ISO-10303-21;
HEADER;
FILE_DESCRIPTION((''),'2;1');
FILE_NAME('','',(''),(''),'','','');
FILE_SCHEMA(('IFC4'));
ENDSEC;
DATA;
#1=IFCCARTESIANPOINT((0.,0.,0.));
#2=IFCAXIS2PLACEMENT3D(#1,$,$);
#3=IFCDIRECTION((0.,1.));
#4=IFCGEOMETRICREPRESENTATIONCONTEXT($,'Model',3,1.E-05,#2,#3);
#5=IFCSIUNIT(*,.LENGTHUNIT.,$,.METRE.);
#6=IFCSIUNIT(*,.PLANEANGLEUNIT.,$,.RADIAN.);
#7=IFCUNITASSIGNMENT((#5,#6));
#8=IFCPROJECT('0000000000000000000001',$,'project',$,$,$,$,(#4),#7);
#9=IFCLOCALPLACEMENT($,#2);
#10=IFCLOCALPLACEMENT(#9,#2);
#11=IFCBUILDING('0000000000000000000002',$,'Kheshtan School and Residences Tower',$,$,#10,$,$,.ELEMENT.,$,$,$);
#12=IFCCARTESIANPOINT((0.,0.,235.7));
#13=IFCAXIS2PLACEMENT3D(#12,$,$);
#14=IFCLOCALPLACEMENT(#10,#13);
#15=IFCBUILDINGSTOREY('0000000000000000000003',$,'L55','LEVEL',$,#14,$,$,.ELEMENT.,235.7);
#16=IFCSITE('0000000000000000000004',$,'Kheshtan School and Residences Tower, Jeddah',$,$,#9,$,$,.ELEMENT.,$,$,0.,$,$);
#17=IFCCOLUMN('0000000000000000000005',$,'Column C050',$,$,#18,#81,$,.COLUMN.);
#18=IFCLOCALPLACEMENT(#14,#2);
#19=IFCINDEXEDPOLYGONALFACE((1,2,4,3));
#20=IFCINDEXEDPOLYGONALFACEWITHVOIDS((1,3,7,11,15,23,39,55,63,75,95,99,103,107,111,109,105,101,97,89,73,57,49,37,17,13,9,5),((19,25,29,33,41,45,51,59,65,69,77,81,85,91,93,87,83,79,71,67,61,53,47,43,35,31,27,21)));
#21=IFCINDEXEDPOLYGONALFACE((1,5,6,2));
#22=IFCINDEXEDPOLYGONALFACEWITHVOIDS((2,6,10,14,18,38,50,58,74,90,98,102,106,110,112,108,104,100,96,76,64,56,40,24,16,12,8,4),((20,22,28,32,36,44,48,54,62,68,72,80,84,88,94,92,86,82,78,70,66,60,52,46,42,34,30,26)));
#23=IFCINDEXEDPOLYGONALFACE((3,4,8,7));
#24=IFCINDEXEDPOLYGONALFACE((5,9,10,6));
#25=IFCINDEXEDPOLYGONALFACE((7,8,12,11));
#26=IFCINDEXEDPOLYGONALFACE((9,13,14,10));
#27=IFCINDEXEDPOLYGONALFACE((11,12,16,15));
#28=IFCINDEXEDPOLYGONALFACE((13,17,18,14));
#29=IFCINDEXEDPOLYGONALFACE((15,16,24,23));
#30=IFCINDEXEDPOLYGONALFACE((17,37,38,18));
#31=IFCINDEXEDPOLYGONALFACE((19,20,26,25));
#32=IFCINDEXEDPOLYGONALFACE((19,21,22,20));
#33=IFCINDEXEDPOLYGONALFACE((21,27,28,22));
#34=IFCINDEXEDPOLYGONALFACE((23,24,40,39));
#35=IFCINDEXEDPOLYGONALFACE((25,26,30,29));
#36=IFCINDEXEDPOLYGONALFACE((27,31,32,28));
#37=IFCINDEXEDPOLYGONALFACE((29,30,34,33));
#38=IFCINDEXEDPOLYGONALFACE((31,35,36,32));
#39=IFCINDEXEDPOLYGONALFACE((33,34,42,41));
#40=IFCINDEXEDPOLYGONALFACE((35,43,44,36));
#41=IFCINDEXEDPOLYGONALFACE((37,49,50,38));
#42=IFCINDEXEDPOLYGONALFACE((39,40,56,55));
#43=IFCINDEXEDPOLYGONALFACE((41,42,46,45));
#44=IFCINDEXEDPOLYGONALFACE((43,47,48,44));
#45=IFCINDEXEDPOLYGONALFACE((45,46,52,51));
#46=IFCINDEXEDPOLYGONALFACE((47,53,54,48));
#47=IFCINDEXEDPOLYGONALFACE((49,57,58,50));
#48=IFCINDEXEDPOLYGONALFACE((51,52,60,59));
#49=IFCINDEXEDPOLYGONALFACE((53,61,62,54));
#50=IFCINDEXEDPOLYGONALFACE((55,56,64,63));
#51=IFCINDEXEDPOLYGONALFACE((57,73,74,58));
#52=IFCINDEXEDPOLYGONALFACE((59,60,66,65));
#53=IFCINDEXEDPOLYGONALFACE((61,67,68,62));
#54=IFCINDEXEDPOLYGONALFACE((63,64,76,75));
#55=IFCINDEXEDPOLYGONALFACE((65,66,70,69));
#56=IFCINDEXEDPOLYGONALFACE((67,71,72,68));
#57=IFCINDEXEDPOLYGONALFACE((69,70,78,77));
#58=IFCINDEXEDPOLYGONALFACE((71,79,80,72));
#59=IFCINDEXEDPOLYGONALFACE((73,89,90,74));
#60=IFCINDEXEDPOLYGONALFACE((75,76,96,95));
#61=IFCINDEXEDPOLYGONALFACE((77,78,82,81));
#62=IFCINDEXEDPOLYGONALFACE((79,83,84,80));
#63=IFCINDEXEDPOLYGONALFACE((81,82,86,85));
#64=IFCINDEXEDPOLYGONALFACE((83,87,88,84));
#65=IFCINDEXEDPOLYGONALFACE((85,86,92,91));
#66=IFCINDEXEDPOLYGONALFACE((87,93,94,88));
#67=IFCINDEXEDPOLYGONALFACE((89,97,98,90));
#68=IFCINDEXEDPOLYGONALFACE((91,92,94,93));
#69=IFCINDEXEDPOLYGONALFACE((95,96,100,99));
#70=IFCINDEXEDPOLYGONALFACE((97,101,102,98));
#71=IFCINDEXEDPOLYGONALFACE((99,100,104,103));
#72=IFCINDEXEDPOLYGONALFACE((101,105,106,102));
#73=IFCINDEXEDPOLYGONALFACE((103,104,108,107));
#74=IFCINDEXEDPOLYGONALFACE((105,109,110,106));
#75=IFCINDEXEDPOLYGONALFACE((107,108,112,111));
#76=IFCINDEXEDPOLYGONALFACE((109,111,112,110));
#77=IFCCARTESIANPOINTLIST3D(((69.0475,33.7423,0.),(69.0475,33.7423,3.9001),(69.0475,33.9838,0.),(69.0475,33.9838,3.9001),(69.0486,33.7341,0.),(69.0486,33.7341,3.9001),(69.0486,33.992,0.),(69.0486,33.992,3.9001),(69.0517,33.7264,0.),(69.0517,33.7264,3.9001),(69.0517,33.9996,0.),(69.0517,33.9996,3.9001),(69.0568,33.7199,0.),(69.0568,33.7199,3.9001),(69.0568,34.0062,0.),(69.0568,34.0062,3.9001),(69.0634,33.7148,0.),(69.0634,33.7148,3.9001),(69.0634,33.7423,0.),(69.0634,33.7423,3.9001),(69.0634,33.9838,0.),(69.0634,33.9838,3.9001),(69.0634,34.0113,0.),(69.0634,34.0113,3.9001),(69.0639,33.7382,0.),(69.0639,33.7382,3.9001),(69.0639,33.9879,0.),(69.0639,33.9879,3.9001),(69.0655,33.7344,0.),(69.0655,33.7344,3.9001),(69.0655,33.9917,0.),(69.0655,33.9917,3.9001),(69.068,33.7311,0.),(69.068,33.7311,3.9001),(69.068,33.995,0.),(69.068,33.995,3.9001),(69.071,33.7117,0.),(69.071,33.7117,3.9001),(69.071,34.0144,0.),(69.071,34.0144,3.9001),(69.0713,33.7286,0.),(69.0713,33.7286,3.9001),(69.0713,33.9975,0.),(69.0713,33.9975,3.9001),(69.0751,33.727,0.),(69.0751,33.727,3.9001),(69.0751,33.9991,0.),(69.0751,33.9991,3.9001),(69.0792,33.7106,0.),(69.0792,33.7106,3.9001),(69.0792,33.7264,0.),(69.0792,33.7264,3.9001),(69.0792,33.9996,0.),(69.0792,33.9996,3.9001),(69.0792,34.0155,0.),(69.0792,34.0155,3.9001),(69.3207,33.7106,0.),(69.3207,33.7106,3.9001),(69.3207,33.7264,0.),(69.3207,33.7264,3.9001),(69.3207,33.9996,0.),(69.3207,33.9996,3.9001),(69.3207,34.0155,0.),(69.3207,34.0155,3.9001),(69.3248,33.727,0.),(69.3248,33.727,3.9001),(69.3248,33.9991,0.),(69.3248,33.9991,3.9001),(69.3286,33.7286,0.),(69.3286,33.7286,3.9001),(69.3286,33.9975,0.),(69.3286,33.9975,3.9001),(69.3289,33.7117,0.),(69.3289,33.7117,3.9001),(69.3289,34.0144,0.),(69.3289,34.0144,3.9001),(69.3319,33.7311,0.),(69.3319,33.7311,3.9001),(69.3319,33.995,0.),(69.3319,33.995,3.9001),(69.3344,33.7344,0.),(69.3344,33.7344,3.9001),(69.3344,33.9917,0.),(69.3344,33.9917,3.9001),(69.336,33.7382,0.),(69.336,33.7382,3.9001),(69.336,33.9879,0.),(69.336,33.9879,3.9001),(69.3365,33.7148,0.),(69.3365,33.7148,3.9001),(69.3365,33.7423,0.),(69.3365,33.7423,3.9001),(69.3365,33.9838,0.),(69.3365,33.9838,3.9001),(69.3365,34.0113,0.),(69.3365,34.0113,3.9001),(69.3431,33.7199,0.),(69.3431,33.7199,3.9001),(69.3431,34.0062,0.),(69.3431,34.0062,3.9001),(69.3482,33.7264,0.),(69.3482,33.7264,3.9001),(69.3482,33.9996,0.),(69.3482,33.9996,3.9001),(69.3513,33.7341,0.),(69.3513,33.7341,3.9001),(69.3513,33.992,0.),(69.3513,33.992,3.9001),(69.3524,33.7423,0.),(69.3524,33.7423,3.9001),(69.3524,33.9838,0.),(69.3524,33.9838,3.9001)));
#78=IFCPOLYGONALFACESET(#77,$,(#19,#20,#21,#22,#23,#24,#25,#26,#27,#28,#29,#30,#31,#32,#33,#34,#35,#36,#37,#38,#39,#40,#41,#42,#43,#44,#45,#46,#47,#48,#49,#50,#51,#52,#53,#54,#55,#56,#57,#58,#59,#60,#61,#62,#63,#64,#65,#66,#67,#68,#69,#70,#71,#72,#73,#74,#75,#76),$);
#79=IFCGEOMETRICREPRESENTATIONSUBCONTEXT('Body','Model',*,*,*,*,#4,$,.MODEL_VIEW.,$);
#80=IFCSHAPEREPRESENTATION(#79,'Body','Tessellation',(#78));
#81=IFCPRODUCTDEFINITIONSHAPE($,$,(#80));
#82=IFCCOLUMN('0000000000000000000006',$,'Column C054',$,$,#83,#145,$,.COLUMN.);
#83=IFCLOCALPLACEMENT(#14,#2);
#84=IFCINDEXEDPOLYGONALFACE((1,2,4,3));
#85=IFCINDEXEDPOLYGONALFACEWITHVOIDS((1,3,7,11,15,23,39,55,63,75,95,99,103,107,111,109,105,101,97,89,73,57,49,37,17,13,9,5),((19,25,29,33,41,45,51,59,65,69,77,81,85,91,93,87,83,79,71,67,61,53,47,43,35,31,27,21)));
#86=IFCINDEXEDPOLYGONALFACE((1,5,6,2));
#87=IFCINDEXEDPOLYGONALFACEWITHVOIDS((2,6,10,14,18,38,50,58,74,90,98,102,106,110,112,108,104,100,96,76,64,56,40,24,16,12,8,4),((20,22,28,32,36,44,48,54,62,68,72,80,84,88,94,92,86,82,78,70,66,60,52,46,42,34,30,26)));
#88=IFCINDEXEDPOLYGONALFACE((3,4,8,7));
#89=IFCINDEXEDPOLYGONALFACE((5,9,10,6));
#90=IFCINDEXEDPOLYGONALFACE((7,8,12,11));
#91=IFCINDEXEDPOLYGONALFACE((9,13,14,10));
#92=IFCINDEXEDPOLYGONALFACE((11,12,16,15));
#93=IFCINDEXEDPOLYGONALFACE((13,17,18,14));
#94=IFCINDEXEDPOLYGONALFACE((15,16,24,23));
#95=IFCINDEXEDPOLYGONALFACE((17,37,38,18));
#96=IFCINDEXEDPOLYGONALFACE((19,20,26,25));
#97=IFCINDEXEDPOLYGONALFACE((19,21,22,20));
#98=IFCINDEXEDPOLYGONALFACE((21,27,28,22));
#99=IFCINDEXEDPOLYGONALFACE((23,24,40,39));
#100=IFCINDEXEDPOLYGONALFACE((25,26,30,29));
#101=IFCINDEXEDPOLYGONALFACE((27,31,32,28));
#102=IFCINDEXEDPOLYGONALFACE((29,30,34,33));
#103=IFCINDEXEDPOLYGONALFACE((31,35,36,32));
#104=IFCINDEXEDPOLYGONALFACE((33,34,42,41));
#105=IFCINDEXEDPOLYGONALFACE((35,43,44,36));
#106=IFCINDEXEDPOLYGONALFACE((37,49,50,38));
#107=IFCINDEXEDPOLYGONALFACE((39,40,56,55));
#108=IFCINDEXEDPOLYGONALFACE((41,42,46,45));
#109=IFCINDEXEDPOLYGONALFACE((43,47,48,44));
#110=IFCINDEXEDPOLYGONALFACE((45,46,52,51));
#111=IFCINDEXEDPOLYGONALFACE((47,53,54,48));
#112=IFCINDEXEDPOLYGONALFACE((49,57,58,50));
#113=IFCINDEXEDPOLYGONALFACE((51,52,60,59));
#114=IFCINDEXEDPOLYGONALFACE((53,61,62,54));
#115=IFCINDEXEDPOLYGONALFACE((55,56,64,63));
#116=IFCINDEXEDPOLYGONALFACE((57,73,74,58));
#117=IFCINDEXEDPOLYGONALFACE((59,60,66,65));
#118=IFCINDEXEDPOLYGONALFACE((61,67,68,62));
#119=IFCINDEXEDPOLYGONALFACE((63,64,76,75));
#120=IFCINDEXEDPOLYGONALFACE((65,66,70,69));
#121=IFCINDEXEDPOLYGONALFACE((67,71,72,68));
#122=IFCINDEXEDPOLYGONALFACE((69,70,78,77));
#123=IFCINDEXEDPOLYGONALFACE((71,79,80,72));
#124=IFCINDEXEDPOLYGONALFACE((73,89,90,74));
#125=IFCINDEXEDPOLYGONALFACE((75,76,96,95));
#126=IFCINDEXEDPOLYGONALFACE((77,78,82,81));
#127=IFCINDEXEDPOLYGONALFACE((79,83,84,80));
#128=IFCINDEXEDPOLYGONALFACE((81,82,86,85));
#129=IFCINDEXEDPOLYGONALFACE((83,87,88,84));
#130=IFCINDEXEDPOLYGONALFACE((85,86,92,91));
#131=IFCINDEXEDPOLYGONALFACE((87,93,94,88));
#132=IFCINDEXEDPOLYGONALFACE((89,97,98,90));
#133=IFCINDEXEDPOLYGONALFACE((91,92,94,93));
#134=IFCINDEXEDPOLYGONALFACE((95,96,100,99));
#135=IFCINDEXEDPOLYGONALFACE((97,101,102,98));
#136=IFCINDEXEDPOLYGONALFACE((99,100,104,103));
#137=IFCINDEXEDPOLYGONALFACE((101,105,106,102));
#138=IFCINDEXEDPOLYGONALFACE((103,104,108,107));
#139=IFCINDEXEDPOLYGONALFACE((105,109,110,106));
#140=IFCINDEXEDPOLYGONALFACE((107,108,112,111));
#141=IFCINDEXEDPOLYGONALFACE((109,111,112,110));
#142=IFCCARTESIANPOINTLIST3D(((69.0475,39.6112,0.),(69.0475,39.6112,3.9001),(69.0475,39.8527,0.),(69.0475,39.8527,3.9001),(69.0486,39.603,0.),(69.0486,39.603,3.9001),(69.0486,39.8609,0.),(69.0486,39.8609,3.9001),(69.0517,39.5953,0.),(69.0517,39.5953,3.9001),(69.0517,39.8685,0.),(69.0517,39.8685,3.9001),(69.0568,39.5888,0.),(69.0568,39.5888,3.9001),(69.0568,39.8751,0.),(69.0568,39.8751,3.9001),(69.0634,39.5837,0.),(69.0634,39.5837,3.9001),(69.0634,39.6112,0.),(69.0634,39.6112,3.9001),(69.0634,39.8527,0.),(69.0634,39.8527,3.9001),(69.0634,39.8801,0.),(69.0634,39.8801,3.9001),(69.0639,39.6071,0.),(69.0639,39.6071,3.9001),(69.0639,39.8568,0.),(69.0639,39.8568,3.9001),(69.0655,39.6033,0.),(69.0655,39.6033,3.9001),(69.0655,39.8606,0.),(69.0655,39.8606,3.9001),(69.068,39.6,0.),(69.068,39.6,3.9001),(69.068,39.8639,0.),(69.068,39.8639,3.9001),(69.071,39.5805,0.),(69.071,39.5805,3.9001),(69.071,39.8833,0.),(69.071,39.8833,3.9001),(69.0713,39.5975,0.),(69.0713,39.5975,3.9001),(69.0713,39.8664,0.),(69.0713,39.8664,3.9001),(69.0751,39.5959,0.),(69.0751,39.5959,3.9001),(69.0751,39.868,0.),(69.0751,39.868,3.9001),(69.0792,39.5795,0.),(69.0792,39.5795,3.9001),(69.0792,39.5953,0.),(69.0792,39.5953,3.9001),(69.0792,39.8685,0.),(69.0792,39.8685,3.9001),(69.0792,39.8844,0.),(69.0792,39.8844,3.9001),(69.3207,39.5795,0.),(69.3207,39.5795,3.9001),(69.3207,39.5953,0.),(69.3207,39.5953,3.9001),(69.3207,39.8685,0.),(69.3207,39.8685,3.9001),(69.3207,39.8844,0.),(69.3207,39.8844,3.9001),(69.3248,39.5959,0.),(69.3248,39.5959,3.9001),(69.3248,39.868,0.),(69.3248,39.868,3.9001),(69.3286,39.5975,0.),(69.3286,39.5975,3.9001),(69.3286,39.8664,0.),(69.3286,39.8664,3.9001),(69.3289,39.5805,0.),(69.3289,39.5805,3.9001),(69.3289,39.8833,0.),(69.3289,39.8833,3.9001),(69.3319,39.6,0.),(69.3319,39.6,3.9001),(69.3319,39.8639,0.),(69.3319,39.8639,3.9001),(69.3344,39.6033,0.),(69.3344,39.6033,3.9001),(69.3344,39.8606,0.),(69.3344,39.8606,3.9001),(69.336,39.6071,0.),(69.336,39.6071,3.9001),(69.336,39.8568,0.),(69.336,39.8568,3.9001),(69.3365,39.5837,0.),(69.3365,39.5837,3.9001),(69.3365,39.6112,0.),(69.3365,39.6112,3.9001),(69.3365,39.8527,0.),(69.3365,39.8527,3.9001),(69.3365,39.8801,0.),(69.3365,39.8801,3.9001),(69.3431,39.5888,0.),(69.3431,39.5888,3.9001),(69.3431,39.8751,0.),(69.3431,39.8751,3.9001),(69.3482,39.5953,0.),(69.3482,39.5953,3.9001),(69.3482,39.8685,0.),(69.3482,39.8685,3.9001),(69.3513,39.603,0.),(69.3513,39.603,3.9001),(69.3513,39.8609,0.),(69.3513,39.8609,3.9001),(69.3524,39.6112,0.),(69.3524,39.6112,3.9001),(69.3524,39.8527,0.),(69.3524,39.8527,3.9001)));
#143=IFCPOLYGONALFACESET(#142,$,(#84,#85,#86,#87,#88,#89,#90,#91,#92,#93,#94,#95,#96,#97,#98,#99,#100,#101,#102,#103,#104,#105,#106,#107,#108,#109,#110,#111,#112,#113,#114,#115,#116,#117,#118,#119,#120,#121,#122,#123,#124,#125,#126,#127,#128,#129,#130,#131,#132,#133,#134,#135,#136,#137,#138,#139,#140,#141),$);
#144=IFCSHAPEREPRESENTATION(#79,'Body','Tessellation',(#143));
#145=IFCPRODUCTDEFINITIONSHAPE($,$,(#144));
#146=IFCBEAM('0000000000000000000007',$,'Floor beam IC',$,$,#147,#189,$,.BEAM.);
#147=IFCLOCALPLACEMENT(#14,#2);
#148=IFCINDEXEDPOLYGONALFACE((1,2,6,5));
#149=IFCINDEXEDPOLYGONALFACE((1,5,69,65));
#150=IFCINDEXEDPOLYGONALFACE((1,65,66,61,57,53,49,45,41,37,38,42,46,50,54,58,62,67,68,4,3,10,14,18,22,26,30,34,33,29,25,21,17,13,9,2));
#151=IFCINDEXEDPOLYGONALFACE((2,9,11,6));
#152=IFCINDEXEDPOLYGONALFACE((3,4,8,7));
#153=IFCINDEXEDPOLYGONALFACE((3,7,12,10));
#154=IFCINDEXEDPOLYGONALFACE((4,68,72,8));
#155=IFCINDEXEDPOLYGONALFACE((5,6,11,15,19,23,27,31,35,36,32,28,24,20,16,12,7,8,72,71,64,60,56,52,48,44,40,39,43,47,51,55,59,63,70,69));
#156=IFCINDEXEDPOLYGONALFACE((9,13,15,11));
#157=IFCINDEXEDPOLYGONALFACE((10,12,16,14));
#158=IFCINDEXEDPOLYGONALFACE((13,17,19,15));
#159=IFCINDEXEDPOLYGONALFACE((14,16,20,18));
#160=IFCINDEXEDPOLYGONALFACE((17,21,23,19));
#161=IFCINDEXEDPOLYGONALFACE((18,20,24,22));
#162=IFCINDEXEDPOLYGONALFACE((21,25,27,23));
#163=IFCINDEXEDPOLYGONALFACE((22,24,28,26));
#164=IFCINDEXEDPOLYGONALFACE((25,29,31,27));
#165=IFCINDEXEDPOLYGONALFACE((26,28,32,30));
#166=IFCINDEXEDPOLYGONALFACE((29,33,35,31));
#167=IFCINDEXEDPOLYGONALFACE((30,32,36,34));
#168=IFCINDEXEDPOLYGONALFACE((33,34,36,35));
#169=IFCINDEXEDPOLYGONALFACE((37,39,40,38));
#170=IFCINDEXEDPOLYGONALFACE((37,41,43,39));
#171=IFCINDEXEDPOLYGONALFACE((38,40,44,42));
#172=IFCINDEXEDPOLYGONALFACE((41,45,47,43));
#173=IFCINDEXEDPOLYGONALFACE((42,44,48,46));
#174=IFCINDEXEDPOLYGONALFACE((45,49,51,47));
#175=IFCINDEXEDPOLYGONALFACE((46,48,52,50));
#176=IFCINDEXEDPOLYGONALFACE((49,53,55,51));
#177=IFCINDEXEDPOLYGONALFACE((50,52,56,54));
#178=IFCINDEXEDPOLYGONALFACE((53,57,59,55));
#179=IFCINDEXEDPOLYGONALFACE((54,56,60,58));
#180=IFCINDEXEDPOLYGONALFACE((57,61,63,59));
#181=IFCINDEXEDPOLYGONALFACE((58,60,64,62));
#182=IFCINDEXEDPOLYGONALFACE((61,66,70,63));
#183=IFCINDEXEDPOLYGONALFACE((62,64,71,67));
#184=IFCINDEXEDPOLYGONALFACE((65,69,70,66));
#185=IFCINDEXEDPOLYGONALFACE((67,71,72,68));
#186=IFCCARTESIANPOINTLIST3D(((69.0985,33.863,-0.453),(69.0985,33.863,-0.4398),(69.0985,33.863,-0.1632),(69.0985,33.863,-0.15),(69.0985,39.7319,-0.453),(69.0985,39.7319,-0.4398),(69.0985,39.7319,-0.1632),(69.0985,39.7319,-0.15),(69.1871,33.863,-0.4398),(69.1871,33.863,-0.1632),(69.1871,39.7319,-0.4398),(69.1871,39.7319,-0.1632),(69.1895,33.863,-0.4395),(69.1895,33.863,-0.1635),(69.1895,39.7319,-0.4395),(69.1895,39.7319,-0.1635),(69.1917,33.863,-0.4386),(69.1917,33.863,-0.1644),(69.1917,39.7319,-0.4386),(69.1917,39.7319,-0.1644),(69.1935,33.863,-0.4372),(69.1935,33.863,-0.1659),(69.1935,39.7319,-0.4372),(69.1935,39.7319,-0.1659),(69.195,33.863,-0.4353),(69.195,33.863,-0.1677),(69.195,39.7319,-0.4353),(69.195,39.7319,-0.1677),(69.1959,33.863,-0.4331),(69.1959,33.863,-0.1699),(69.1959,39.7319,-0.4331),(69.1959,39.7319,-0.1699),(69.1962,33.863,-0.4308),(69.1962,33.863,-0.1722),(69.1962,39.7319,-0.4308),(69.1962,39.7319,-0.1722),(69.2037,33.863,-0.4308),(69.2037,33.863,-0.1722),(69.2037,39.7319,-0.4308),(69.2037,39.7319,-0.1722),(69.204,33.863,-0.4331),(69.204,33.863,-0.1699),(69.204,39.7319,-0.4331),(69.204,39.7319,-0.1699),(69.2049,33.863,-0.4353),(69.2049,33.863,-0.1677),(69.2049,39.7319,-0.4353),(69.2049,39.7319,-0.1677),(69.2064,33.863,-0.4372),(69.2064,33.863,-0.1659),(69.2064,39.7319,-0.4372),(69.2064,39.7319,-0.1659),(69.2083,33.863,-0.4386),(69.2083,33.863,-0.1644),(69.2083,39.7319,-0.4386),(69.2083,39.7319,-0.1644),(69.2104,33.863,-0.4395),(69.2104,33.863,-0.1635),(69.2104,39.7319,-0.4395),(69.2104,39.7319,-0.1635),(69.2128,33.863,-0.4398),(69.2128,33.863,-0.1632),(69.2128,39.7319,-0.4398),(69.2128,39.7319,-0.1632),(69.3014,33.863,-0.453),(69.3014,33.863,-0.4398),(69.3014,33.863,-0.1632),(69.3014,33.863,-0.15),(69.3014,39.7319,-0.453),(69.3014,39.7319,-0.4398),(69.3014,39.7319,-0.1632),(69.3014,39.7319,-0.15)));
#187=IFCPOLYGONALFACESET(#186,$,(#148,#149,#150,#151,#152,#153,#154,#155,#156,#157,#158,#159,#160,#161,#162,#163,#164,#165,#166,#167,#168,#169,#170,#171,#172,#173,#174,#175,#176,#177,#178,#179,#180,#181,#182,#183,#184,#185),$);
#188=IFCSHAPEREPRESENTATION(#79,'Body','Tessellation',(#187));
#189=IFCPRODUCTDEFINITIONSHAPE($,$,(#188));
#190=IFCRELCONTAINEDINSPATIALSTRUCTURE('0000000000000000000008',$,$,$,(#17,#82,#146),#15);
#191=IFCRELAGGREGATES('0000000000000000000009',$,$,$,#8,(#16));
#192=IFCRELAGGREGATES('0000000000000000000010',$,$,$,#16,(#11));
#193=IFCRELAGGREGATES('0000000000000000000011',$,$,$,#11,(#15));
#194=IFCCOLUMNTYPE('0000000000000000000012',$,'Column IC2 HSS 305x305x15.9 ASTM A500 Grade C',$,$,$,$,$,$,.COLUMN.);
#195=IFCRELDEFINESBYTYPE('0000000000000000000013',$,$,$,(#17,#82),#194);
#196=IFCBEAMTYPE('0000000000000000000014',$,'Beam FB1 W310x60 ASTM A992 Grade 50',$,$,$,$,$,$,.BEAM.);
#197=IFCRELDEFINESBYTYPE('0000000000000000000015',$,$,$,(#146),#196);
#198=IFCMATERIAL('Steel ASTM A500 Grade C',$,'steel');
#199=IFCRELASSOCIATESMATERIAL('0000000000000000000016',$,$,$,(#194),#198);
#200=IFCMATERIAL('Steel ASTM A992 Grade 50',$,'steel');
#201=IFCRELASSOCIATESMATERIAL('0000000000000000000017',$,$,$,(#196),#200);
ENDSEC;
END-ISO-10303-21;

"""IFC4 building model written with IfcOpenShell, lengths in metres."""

from ifc_helpers import new_model, si_unit, direction, frame, origin, origin_2d, place, context, subcontext, project, spatial, hollow_rectangle, i_section, extrude, material, material_profile, profile_set, type_object, element, save


model = new_model("IFC4")

# Units and contexts
model_context = context("Model", 3, precision=1e-05, world=origin(), true_north=direction((0.0, 1.0)))
body_context = subcontext(model_context, "Body", "Model", "MODEL_VIEW")
ifc_project = project(units=[si_unit("LENGTHUNIT", "METRE"), si_unit("PLANEANGLEUNIT", "RADIAN")], contexts=[model_context])

# Site, building, storey
site_placement = place(None, origin())
site = spatial("IfcSite", under=ifc_project, at=site_placement, Name="Kheshtan School and Residences Tower, Jeddah", CompositionType="ELEMENT", RefElevation=0.0)
building_placement = place(site_placement, origin())
building = spatial("IfcBuilding", under=site, at=building_placement, Name="Kheshtan School and Residences Tower", CompositionType="ELEMENT")
storey_placement = place(building_placement, frame((0.0, 0.0, 235.7)))
storey = spatial("IfcBuildingStorey", under=building, at=storey_placement, Name="L55", Description="LEVEL", CompositionType="ELEMENT", Elevation=235.7)

# Columns
ifc_material_1 = material(Name="Steel ASTM A500 Grade C", Category="steel")
ifc_material_profile_1 = material_profile(ifc_material_1, hollow_rectangle(XDim=0.3049, YDim=0.3049, WallThickness=0.0159, InnerFilletRadius=0.0159, OuterFilletRadius=0.0317, at=origin_2d()), Name="HSS 305x305x15.9")
ifc_profile_set_1 = profile_set([ifc_material_profile_1], Name="Steel ASTM A500 Grade C")
column_type = type_object("IfcColumnType", Name="Column IC2 HSS 305x305x15.9 ASTM A500 Grade C", PredefinedType="COLUMN", material=ifc_profile_set_1)
for number, where, z_axis, x_axis, name in (
    (1, (69.2, 33.863, 0.0), (0.0, 0.0, 1.0), (1.0, 0.0, 0.0), "Column C050"),
    (2, (69.2, 39.7319, 0.0), (0.0, 0.0, 1.0), (1.0, 0.0, 0.0), "Column C054"),
):
    element("IfcColumn", number, at=place(storey_placement, frame(where, z_axis=z_axis, x_axis=x_axis)), inside=storey, type_object=column_type, Name=name, PredefinedType="COLUMN", context=body_context, shape_type="SweptSolid", body=[
        extrude(hollow_rectangle(XDim=0.3049, YDim=0.3049, WallThickness=0.0159, InnerFilletRadius=0.0159, OuterFilletRadius=0.0317, at=origin_2d()), origin(), (0.0, 0.0, 1.0), 3.9001),
    ])

# Beam
ifc_material_2 = material(Name="Steel ASTM A992 Grade 50", Category="steel")
ifc_material_profile_2 = material_profile(ifc_material_2, i_section(OverallWidth=0.2029, OverallDepth=0.303, WebThickness=0.0076, FlangeThickness=0.0132, FilletRadius=0.009, at=origin_2d()), Name="W310x60")
ifc_profile_set_2 = profile_set([ifc_material_profile_2], Name="Steel ASTM A992 Grade 50")
beam_type = type_object("IfcBeamType", Name="Beam FB1 W310x60 ASTM A992 Grade 50", PredefinedType="BEAM", material=ifc_profile_set_2)
beam_placement = place(storey_placement, frame((69.2, 33.863, -0.3015), z_axis=(0.0, 1.0, 0.0), x_axis=(-1.0, 0.0, 0.0)))
element("IfcBeam", 3, at=beam_placement, inside=storey, type_object=beam_type, Name="Floor beam IC", PredefinedType="BEAM", context=body_context, shape_type="SweptSolid", body=[
    extrude(i_section(OverallWidth=0.2029, OverallDepth=0.303, WebThickness=0.0076, FlangeThickness=0.0132, FilletRadius=0.009, at=origin_2d()), origin(), (0.0, 0.0, 1.0), 5.8689),
])

save(model, "model.ifc")
